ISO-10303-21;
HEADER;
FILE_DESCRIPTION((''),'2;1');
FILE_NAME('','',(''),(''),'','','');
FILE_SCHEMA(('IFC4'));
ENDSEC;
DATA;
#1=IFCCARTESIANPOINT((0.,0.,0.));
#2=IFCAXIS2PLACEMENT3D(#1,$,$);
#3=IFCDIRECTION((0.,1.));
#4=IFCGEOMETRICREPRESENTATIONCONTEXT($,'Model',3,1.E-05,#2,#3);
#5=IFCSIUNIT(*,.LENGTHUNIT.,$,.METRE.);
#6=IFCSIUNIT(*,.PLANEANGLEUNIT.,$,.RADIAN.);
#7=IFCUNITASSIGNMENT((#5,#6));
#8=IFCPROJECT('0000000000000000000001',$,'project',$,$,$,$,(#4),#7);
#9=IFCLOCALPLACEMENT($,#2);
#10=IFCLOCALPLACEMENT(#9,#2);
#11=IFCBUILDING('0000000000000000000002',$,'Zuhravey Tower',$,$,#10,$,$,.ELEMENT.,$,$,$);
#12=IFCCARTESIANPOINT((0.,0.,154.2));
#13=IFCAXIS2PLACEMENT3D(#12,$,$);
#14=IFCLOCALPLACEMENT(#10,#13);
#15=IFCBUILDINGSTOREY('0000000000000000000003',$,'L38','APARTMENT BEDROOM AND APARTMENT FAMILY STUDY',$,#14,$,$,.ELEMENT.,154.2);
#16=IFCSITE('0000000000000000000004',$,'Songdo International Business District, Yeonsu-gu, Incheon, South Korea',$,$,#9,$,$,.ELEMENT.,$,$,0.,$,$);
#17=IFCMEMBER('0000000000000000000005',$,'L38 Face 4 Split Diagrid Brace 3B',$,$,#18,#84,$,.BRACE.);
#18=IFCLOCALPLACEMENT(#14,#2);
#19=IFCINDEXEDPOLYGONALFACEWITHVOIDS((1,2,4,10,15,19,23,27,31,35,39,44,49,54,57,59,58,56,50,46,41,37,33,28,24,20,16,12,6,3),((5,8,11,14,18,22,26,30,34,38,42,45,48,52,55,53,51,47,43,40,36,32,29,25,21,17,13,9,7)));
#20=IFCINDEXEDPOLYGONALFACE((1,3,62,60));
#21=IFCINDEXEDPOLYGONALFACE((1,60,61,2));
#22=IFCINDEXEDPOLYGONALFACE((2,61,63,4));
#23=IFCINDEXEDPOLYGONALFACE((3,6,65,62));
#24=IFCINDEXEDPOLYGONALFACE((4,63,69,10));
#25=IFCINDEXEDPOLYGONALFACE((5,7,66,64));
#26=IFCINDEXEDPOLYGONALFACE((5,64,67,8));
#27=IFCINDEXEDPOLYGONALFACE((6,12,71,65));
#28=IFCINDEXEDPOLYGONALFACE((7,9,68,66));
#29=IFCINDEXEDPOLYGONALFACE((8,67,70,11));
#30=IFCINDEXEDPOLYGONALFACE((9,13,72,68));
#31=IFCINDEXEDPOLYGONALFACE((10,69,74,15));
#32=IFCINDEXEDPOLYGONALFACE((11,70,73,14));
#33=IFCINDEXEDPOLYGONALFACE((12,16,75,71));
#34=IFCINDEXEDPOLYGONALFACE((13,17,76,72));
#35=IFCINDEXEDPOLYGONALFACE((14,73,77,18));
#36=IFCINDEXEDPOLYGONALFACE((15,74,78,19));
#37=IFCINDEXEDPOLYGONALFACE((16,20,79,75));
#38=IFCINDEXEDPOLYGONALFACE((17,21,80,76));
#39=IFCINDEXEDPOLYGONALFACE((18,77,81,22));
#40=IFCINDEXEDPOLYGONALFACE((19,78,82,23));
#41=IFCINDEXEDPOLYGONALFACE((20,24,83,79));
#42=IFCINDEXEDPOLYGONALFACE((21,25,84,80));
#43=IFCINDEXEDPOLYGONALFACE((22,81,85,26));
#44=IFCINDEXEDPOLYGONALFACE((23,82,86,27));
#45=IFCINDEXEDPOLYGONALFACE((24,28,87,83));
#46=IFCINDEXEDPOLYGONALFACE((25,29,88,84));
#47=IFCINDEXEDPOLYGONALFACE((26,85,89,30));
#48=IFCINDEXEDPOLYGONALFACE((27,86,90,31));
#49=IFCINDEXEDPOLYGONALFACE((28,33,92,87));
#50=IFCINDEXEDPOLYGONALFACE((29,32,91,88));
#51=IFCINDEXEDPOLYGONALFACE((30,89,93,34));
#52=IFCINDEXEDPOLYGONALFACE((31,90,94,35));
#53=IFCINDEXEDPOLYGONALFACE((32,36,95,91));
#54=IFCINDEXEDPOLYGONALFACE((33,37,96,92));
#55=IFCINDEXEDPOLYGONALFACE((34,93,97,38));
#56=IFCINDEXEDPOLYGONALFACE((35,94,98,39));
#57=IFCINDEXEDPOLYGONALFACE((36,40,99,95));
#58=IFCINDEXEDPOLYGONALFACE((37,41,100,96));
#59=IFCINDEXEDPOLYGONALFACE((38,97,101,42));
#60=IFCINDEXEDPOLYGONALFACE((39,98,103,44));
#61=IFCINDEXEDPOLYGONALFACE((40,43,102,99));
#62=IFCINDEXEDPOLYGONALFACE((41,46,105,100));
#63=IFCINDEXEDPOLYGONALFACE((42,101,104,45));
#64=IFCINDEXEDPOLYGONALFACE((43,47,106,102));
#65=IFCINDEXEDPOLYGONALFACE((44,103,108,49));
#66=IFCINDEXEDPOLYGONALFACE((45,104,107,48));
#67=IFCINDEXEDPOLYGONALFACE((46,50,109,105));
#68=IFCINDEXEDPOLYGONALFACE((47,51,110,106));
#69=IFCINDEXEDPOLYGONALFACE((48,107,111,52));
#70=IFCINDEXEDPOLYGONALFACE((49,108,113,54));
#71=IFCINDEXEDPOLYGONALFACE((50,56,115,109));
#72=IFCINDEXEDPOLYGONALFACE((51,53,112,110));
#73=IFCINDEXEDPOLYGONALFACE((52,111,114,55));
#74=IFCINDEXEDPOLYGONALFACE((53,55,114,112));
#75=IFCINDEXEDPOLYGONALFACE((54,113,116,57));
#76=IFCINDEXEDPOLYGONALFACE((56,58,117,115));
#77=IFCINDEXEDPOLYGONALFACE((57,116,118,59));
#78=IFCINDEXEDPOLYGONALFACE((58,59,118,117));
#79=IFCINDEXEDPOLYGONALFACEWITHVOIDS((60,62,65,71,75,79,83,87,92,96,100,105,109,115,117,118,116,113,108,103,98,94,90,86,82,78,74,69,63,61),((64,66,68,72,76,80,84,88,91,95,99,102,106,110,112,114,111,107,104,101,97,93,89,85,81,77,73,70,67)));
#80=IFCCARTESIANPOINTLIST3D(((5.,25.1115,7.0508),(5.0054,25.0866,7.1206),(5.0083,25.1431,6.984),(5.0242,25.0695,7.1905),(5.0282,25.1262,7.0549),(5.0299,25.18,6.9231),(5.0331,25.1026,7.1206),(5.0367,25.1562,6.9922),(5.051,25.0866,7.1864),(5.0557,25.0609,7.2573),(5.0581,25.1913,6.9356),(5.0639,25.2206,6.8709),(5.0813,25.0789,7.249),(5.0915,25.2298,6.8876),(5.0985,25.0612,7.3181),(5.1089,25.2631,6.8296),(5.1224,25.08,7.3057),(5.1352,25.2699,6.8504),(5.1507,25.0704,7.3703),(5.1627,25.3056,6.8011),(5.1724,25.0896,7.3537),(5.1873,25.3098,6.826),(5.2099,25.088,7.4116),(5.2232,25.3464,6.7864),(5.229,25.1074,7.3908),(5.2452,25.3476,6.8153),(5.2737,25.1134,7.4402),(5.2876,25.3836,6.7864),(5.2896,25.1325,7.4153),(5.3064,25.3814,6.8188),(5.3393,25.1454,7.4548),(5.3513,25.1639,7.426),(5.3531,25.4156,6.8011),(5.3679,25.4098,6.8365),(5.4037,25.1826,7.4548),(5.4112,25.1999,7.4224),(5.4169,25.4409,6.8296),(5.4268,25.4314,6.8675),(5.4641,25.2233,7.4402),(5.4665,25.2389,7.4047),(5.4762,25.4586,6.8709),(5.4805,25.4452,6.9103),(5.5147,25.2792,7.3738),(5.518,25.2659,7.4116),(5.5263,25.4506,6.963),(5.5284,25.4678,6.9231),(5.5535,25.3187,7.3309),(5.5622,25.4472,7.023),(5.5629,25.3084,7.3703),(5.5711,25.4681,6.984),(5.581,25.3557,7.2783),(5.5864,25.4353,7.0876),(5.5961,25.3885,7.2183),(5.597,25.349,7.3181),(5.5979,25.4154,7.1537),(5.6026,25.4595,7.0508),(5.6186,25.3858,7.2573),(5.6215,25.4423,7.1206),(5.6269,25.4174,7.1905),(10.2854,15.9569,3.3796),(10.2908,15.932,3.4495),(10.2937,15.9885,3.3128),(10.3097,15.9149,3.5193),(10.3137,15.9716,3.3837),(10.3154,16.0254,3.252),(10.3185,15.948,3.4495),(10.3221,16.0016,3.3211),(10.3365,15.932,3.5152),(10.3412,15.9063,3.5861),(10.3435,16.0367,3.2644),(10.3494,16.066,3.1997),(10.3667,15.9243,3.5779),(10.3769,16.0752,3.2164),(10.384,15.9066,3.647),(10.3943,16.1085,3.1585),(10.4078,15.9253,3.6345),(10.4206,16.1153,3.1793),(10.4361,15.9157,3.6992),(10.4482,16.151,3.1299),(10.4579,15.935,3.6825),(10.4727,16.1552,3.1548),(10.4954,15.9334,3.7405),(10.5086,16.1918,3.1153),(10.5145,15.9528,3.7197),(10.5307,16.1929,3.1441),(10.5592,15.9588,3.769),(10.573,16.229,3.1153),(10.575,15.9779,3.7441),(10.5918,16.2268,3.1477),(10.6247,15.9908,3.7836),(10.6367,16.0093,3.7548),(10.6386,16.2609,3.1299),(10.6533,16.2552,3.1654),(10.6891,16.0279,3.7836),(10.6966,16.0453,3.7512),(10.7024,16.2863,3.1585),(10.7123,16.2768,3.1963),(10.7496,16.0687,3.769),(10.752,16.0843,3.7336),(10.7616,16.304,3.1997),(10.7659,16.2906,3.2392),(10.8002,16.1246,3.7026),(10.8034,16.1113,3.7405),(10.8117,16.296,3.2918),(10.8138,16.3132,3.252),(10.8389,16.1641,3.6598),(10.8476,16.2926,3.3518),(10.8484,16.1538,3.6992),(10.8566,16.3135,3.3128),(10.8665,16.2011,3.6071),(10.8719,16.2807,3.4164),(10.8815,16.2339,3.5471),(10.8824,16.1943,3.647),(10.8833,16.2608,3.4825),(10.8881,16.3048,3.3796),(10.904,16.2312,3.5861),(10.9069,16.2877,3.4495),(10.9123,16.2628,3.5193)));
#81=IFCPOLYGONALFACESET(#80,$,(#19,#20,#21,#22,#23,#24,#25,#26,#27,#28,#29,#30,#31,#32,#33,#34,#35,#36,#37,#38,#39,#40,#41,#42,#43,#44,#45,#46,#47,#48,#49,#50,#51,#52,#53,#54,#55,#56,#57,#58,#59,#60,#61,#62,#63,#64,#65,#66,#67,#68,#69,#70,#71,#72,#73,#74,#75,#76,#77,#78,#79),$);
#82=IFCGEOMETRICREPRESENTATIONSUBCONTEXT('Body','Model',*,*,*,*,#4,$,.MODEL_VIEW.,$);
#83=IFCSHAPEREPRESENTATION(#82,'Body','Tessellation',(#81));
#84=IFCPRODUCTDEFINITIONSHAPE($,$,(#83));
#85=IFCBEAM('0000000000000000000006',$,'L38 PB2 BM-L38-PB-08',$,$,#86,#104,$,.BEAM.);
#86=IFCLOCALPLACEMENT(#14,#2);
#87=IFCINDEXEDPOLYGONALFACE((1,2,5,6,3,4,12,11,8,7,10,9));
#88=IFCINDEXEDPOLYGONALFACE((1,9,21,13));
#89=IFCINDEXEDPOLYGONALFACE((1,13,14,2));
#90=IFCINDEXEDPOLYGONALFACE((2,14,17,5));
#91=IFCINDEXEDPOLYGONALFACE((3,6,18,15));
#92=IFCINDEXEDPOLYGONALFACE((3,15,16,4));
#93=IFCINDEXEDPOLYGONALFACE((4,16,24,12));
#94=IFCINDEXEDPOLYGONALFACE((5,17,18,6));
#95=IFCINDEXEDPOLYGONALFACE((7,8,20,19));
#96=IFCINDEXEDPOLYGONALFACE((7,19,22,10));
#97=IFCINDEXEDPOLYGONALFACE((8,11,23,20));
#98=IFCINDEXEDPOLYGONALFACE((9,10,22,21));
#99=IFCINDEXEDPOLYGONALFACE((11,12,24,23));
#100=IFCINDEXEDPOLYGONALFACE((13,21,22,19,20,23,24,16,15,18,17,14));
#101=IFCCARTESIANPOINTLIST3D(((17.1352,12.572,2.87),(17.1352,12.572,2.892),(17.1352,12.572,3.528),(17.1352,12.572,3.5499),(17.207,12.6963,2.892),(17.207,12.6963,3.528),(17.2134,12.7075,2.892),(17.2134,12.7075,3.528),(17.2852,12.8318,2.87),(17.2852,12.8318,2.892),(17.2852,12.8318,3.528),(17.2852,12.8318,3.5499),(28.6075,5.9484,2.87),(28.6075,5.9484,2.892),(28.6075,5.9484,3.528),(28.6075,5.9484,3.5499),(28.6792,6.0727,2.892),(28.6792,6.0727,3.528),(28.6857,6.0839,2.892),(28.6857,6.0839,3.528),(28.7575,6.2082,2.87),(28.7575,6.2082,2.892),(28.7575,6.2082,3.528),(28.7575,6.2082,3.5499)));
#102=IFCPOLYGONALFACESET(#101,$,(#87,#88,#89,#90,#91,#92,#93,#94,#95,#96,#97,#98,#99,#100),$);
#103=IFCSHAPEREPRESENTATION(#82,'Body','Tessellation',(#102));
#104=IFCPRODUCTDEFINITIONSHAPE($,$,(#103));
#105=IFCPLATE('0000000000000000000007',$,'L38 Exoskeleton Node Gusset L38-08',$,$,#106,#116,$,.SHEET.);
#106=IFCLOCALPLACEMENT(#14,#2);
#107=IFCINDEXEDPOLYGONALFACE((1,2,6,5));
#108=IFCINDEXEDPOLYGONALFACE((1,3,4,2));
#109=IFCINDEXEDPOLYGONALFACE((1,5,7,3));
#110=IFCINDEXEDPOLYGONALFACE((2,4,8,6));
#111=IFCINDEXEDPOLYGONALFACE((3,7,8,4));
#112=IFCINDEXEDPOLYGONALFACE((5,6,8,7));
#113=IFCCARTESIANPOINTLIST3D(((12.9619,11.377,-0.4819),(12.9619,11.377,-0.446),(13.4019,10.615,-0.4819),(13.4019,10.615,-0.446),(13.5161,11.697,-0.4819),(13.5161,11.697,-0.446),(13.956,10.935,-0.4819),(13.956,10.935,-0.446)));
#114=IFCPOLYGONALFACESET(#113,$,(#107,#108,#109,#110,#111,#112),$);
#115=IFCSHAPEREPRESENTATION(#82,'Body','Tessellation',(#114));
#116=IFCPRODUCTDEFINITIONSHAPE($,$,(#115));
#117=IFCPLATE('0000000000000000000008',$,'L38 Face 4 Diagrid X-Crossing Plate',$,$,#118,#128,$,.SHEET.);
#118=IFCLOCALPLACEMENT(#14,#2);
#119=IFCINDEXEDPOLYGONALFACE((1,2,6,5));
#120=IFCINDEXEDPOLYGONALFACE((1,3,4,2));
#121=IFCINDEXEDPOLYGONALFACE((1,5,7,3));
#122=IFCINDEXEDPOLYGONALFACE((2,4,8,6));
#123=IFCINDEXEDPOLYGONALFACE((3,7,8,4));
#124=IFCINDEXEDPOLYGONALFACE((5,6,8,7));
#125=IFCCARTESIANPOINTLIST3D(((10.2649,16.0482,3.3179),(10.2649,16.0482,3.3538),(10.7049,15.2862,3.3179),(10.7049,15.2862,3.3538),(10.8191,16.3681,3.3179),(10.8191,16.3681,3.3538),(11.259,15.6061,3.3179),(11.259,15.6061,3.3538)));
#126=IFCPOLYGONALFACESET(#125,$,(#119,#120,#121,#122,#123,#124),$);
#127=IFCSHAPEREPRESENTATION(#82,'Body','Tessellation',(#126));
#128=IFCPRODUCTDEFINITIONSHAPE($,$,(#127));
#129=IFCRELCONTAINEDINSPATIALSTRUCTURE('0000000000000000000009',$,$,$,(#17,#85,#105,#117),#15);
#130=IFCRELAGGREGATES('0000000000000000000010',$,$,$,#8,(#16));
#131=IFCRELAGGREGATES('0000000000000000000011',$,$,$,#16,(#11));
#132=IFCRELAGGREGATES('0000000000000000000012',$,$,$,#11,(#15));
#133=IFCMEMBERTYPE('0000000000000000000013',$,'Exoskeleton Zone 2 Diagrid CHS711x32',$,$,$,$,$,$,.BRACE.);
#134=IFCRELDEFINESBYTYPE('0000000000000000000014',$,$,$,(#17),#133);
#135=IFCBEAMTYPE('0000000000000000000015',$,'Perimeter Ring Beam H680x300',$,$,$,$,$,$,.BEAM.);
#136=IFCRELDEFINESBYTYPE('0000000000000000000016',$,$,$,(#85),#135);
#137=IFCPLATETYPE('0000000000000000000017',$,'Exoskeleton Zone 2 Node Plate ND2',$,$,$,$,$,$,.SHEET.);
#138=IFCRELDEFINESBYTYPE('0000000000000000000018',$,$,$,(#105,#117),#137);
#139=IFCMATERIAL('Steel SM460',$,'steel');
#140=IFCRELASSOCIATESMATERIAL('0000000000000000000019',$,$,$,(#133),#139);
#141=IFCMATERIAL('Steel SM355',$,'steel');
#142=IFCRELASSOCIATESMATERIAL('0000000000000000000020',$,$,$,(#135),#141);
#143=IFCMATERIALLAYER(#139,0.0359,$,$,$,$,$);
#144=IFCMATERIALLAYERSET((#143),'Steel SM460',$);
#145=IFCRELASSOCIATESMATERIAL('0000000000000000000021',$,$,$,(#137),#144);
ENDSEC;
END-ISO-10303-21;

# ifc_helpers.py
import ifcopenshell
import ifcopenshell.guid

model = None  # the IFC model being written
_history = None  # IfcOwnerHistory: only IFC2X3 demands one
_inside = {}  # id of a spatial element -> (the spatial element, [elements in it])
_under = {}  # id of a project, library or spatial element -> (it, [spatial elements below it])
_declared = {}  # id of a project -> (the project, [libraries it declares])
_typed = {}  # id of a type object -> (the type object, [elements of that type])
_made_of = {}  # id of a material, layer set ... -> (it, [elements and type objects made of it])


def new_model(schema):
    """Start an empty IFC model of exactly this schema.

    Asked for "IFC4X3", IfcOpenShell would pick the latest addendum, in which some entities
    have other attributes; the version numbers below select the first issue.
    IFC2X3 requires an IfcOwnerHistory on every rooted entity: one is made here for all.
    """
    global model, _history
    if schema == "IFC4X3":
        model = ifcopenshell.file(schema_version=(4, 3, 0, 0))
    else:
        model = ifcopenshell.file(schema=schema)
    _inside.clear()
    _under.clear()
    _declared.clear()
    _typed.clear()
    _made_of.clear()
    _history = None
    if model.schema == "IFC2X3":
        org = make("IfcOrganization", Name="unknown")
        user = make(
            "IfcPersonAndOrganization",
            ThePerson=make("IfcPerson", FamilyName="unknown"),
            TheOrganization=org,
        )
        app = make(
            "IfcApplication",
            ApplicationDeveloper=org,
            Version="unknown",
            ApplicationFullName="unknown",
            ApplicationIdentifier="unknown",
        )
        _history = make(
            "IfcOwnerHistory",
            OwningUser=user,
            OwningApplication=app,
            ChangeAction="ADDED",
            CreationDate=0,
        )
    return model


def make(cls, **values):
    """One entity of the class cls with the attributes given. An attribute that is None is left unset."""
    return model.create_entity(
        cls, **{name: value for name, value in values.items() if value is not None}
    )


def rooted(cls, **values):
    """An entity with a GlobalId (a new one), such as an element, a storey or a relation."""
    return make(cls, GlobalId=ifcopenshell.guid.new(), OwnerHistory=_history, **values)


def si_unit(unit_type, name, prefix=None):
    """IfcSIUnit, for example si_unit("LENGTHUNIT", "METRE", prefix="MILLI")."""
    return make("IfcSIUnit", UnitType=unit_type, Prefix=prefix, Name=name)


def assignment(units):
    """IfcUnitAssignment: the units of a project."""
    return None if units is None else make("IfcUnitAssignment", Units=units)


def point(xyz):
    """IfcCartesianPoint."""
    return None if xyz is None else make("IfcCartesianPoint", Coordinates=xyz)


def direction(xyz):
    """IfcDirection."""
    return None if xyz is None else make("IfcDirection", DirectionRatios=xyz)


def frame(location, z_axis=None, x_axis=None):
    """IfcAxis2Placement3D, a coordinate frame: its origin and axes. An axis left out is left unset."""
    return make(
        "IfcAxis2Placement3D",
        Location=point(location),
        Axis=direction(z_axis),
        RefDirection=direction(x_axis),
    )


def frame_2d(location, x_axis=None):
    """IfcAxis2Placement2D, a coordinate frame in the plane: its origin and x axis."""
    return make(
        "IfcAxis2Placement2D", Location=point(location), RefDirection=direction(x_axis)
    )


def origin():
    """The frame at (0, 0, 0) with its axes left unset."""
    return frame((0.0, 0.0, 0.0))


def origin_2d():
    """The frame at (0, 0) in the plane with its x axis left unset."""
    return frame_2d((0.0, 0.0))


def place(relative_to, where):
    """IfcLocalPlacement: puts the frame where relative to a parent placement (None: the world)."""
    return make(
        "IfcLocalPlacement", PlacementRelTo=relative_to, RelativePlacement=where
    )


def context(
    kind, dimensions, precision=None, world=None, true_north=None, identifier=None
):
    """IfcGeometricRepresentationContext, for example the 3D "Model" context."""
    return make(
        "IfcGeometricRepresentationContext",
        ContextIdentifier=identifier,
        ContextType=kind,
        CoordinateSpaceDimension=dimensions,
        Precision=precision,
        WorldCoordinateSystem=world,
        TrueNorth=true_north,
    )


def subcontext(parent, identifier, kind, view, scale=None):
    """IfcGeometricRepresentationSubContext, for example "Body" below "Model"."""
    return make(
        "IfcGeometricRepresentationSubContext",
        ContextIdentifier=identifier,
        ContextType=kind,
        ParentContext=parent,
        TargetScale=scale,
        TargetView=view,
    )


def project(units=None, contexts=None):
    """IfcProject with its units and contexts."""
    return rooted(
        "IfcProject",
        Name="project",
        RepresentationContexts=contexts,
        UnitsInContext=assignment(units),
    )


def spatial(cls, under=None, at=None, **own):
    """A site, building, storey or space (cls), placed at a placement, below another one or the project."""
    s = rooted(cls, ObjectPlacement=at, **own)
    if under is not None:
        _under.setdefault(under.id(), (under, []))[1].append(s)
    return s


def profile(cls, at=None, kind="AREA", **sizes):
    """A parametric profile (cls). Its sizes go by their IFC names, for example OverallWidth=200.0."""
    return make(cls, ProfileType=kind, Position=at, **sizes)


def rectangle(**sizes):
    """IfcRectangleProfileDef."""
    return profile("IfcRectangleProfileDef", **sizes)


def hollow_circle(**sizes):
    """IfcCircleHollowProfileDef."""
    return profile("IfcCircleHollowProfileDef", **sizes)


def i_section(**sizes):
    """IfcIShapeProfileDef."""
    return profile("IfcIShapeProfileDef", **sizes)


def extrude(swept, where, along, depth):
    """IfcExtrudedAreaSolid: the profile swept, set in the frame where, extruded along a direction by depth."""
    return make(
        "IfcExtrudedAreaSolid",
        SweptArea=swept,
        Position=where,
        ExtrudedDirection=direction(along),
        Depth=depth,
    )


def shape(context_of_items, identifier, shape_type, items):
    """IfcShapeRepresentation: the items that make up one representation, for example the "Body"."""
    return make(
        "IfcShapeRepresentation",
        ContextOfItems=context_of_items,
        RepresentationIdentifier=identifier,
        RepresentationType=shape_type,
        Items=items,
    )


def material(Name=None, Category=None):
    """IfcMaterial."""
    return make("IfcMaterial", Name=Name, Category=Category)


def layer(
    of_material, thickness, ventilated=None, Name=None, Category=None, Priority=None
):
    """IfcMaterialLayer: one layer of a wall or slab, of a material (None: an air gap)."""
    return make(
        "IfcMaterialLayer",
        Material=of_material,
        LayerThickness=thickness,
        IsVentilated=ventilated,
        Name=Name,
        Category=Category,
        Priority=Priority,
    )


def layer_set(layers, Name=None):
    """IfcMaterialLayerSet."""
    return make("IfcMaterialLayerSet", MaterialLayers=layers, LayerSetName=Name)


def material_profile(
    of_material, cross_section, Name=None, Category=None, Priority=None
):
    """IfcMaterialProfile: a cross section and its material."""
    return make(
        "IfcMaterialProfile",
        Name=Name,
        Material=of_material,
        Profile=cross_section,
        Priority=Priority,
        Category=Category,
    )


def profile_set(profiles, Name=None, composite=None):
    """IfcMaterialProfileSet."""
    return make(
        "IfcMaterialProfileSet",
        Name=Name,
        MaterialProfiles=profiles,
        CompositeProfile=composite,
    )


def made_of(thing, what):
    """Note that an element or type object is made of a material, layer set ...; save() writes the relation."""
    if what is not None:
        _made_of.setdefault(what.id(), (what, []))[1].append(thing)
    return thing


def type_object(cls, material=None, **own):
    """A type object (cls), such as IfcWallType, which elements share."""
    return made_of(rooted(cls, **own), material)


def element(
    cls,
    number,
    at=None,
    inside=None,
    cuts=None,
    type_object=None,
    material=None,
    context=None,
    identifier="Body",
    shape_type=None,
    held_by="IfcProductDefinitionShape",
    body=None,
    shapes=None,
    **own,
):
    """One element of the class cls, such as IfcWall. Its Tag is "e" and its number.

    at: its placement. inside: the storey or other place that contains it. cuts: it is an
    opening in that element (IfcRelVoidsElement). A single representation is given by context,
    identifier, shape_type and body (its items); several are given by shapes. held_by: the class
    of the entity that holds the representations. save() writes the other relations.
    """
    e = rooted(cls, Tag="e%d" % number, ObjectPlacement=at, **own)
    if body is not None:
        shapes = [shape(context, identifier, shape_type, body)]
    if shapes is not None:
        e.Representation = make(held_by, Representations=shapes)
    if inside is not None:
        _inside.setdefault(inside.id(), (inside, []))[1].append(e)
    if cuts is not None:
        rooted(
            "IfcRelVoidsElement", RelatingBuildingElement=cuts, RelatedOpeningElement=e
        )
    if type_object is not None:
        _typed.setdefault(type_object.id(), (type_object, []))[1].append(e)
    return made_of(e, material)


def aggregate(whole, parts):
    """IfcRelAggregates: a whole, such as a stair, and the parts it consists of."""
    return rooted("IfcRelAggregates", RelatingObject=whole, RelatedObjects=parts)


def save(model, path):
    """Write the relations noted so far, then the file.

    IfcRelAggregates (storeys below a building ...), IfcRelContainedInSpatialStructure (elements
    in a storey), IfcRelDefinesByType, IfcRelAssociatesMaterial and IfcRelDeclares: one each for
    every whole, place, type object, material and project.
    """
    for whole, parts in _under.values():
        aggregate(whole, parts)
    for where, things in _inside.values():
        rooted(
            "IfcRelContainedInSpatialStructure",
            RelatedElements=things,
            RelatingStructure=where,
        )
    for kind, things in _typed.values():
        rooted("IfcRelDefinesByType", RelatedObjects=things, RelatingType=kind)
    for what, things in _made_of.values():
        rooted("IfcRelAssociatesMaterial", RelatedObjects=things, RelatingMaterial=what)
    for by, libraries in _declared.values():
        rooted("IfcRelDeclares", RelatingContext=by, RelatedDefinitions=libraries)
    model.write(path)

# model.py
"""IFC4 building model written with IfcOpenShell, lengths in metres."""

from ifc_helpers import new_model, si_unit, direction, frame, origin, origin_2d, place, context, subcontext, project, spatial, rectangle, hollow_circle, i_section, extrude, material, layer, layer_set, material_profile, profile_set, type_object, element, save


model = new_model("IFC4")

# Units and contexts
model_context = context("Model", 3, precision=1e-05, world=origin(), true_north=direction((0.0, 1.0)))
body_context = subcontext(model_context, "Body", "Model", "MODEL_VIEW")
ifc_project = project(units=[si_unit("LENGTHUNIT", "METRE"), si_unit("PLANEANGLEUNIT", "RADIAN")], contexts=[model_context])

# Site, building, storey
site_placement = place(None, origin())
site = spatial("IfcSite", under=ifc_project, at=site_placement, Name="Songdo International Business District, Yeonsu-gu, Incheon, South Korea", CompositionType="ELEMENT", RefElevation=0.0)
building_placement = place(site_placement, origin())
building = spatial("IfcBuilding", under=site, at=building_placement, Name="Zuhravey Tower", CompositionType="ELEMENT")
storey_placement = place(building_placement, frame((0.0, 0.0, 154.2)))
storey = spatial("IfcBuildingStorey", under=building, at=storey_placement, Name="L38", Description="APARTMENT BEDROOM AND APARTMENT FAMILY STUDY", CompositionType="ELEMENT", Elevation=154.2)

# Member
ifc_material_1 = material(Name="Steel SM460", Category="steel")
ifc_material_profile_1 = material_profile(ifc_material_1, hollow_circle(Radius=0.3557, WallThickness=0.032, at=origin_2d()), Name="CHS-711.2x32")
ifc_profile_set_1 = profile_set([ifc_material_profile_1], Name="Steel SM460")
member_type_1 = type_object("IfcMemberType", Name="Exoskeleton Zone 2 Diagrid CHS711x32", PredefinedType="BRACE", material=ifc_profile_set_1)
member_1_placement = place(storey_placement, frame((10.5989, 16.1099, 3.4495), z_axis=(-0.472328, 0.818093, 0.328071), x_axis=(-0.866024, -0.500002, 0.0)))
element("IfcMember", 1, at=member_1_placement, inside=storey, type_object=member_type_1, Name="L38 Face 4 Split Diagrid Brace 3B", PredefinedType="BRACE", context=body_context, shape_type="SweptSolid", body=[
    extrude(hollow_circle(Radius=0.3557, WallThickness=0.032, at=origin_2d()), origin(), (0.0, 0.0, 1.0), 11.1902),
])

# Beam
ifc_material_2 = material(Name="Steel SM355", Category="steel")
ifc_material_profile_2 = material_profile(ifc_material_2, i_section(OverallWidth=0.3, OverallDepth=0.6799, WebThickness=0.0129, FlangeThickness=0.022, at=origin_2d()), Name="H-680x300x13x22")
ifc_profile_set_2 = profile_set([ifc_material_profile_2], Name="Steel SM355")
beam_type = type_object("IfcBeamType", Name="Perimeter Ring Beam H680x300", PredefinedType="BEAM", material=ifc_profile_set_2)
beam_placement = place(storey_placement, frame((17.2102, 12.7019, 3.21), z_axis=(0.866023, -0.500004, 0.0), x_axis=(0.500004, 0.866023, 0.0)))
element("IfcBeam", 2, at=beam_placement, inside=storey, type_object=beam_type, Name="L38 PB2 BM-L38-PB-08", PredefinedType="BEAM", context=body_context, shape_type="SweptSolid", body=[
    extrude(i_section(OverallWidth=0.3, OverallDepth=0.6799, WebThickness=0.0129, FlangeThickness=0.022, at=origin_2d()), origin(), (0.0, 0.0, 1.0), 13.2471),
])

# Plates
ifc_layer_1 = layer(ifc_material_1, 0.0359)
ifc_layer_set_1 = layer_set([ifc_layer_1], Name="Steel SM460")
plate_type_1 = type_object("IfcPlateType", Name="Exoskeleton Zone 2 Node Plate ND2", PredefinedType="SHEET", material=ifc_layer_set_1)
for number, where, z_axis, x_axis, name in (
    (3, (13.459, 11.156, -0.4819), (0.0, 0.0, 1.0), (0.5, -0.866025, 0.0), "L38 Exoskeleton Node Gusset L38-08"),
    (4, (10.762, 15.8271, 3.3179), (0.0, 0.0, 1.0), (0.5, -0.866025, 0.0), "L38 Face 4 Diagrid X-Crossing Plate"),
):
    element("IfcPlate", number, at=place(storey_placement, frame(where, z_axis=z_axis, x_axis=x_axis)), inside=storey, type_object=plate_type_1, Name=name, PredefinedType="SHEET", context=body_context, shape_type="SweptSolid", body=[
        extrude(rectangle(XDim=0.8799, YDim=0.6399, at=origin_2d()), origin(), (0.0, 0.0, 1.0), 0.0359),
    ])

save(model, "model.ifc")
